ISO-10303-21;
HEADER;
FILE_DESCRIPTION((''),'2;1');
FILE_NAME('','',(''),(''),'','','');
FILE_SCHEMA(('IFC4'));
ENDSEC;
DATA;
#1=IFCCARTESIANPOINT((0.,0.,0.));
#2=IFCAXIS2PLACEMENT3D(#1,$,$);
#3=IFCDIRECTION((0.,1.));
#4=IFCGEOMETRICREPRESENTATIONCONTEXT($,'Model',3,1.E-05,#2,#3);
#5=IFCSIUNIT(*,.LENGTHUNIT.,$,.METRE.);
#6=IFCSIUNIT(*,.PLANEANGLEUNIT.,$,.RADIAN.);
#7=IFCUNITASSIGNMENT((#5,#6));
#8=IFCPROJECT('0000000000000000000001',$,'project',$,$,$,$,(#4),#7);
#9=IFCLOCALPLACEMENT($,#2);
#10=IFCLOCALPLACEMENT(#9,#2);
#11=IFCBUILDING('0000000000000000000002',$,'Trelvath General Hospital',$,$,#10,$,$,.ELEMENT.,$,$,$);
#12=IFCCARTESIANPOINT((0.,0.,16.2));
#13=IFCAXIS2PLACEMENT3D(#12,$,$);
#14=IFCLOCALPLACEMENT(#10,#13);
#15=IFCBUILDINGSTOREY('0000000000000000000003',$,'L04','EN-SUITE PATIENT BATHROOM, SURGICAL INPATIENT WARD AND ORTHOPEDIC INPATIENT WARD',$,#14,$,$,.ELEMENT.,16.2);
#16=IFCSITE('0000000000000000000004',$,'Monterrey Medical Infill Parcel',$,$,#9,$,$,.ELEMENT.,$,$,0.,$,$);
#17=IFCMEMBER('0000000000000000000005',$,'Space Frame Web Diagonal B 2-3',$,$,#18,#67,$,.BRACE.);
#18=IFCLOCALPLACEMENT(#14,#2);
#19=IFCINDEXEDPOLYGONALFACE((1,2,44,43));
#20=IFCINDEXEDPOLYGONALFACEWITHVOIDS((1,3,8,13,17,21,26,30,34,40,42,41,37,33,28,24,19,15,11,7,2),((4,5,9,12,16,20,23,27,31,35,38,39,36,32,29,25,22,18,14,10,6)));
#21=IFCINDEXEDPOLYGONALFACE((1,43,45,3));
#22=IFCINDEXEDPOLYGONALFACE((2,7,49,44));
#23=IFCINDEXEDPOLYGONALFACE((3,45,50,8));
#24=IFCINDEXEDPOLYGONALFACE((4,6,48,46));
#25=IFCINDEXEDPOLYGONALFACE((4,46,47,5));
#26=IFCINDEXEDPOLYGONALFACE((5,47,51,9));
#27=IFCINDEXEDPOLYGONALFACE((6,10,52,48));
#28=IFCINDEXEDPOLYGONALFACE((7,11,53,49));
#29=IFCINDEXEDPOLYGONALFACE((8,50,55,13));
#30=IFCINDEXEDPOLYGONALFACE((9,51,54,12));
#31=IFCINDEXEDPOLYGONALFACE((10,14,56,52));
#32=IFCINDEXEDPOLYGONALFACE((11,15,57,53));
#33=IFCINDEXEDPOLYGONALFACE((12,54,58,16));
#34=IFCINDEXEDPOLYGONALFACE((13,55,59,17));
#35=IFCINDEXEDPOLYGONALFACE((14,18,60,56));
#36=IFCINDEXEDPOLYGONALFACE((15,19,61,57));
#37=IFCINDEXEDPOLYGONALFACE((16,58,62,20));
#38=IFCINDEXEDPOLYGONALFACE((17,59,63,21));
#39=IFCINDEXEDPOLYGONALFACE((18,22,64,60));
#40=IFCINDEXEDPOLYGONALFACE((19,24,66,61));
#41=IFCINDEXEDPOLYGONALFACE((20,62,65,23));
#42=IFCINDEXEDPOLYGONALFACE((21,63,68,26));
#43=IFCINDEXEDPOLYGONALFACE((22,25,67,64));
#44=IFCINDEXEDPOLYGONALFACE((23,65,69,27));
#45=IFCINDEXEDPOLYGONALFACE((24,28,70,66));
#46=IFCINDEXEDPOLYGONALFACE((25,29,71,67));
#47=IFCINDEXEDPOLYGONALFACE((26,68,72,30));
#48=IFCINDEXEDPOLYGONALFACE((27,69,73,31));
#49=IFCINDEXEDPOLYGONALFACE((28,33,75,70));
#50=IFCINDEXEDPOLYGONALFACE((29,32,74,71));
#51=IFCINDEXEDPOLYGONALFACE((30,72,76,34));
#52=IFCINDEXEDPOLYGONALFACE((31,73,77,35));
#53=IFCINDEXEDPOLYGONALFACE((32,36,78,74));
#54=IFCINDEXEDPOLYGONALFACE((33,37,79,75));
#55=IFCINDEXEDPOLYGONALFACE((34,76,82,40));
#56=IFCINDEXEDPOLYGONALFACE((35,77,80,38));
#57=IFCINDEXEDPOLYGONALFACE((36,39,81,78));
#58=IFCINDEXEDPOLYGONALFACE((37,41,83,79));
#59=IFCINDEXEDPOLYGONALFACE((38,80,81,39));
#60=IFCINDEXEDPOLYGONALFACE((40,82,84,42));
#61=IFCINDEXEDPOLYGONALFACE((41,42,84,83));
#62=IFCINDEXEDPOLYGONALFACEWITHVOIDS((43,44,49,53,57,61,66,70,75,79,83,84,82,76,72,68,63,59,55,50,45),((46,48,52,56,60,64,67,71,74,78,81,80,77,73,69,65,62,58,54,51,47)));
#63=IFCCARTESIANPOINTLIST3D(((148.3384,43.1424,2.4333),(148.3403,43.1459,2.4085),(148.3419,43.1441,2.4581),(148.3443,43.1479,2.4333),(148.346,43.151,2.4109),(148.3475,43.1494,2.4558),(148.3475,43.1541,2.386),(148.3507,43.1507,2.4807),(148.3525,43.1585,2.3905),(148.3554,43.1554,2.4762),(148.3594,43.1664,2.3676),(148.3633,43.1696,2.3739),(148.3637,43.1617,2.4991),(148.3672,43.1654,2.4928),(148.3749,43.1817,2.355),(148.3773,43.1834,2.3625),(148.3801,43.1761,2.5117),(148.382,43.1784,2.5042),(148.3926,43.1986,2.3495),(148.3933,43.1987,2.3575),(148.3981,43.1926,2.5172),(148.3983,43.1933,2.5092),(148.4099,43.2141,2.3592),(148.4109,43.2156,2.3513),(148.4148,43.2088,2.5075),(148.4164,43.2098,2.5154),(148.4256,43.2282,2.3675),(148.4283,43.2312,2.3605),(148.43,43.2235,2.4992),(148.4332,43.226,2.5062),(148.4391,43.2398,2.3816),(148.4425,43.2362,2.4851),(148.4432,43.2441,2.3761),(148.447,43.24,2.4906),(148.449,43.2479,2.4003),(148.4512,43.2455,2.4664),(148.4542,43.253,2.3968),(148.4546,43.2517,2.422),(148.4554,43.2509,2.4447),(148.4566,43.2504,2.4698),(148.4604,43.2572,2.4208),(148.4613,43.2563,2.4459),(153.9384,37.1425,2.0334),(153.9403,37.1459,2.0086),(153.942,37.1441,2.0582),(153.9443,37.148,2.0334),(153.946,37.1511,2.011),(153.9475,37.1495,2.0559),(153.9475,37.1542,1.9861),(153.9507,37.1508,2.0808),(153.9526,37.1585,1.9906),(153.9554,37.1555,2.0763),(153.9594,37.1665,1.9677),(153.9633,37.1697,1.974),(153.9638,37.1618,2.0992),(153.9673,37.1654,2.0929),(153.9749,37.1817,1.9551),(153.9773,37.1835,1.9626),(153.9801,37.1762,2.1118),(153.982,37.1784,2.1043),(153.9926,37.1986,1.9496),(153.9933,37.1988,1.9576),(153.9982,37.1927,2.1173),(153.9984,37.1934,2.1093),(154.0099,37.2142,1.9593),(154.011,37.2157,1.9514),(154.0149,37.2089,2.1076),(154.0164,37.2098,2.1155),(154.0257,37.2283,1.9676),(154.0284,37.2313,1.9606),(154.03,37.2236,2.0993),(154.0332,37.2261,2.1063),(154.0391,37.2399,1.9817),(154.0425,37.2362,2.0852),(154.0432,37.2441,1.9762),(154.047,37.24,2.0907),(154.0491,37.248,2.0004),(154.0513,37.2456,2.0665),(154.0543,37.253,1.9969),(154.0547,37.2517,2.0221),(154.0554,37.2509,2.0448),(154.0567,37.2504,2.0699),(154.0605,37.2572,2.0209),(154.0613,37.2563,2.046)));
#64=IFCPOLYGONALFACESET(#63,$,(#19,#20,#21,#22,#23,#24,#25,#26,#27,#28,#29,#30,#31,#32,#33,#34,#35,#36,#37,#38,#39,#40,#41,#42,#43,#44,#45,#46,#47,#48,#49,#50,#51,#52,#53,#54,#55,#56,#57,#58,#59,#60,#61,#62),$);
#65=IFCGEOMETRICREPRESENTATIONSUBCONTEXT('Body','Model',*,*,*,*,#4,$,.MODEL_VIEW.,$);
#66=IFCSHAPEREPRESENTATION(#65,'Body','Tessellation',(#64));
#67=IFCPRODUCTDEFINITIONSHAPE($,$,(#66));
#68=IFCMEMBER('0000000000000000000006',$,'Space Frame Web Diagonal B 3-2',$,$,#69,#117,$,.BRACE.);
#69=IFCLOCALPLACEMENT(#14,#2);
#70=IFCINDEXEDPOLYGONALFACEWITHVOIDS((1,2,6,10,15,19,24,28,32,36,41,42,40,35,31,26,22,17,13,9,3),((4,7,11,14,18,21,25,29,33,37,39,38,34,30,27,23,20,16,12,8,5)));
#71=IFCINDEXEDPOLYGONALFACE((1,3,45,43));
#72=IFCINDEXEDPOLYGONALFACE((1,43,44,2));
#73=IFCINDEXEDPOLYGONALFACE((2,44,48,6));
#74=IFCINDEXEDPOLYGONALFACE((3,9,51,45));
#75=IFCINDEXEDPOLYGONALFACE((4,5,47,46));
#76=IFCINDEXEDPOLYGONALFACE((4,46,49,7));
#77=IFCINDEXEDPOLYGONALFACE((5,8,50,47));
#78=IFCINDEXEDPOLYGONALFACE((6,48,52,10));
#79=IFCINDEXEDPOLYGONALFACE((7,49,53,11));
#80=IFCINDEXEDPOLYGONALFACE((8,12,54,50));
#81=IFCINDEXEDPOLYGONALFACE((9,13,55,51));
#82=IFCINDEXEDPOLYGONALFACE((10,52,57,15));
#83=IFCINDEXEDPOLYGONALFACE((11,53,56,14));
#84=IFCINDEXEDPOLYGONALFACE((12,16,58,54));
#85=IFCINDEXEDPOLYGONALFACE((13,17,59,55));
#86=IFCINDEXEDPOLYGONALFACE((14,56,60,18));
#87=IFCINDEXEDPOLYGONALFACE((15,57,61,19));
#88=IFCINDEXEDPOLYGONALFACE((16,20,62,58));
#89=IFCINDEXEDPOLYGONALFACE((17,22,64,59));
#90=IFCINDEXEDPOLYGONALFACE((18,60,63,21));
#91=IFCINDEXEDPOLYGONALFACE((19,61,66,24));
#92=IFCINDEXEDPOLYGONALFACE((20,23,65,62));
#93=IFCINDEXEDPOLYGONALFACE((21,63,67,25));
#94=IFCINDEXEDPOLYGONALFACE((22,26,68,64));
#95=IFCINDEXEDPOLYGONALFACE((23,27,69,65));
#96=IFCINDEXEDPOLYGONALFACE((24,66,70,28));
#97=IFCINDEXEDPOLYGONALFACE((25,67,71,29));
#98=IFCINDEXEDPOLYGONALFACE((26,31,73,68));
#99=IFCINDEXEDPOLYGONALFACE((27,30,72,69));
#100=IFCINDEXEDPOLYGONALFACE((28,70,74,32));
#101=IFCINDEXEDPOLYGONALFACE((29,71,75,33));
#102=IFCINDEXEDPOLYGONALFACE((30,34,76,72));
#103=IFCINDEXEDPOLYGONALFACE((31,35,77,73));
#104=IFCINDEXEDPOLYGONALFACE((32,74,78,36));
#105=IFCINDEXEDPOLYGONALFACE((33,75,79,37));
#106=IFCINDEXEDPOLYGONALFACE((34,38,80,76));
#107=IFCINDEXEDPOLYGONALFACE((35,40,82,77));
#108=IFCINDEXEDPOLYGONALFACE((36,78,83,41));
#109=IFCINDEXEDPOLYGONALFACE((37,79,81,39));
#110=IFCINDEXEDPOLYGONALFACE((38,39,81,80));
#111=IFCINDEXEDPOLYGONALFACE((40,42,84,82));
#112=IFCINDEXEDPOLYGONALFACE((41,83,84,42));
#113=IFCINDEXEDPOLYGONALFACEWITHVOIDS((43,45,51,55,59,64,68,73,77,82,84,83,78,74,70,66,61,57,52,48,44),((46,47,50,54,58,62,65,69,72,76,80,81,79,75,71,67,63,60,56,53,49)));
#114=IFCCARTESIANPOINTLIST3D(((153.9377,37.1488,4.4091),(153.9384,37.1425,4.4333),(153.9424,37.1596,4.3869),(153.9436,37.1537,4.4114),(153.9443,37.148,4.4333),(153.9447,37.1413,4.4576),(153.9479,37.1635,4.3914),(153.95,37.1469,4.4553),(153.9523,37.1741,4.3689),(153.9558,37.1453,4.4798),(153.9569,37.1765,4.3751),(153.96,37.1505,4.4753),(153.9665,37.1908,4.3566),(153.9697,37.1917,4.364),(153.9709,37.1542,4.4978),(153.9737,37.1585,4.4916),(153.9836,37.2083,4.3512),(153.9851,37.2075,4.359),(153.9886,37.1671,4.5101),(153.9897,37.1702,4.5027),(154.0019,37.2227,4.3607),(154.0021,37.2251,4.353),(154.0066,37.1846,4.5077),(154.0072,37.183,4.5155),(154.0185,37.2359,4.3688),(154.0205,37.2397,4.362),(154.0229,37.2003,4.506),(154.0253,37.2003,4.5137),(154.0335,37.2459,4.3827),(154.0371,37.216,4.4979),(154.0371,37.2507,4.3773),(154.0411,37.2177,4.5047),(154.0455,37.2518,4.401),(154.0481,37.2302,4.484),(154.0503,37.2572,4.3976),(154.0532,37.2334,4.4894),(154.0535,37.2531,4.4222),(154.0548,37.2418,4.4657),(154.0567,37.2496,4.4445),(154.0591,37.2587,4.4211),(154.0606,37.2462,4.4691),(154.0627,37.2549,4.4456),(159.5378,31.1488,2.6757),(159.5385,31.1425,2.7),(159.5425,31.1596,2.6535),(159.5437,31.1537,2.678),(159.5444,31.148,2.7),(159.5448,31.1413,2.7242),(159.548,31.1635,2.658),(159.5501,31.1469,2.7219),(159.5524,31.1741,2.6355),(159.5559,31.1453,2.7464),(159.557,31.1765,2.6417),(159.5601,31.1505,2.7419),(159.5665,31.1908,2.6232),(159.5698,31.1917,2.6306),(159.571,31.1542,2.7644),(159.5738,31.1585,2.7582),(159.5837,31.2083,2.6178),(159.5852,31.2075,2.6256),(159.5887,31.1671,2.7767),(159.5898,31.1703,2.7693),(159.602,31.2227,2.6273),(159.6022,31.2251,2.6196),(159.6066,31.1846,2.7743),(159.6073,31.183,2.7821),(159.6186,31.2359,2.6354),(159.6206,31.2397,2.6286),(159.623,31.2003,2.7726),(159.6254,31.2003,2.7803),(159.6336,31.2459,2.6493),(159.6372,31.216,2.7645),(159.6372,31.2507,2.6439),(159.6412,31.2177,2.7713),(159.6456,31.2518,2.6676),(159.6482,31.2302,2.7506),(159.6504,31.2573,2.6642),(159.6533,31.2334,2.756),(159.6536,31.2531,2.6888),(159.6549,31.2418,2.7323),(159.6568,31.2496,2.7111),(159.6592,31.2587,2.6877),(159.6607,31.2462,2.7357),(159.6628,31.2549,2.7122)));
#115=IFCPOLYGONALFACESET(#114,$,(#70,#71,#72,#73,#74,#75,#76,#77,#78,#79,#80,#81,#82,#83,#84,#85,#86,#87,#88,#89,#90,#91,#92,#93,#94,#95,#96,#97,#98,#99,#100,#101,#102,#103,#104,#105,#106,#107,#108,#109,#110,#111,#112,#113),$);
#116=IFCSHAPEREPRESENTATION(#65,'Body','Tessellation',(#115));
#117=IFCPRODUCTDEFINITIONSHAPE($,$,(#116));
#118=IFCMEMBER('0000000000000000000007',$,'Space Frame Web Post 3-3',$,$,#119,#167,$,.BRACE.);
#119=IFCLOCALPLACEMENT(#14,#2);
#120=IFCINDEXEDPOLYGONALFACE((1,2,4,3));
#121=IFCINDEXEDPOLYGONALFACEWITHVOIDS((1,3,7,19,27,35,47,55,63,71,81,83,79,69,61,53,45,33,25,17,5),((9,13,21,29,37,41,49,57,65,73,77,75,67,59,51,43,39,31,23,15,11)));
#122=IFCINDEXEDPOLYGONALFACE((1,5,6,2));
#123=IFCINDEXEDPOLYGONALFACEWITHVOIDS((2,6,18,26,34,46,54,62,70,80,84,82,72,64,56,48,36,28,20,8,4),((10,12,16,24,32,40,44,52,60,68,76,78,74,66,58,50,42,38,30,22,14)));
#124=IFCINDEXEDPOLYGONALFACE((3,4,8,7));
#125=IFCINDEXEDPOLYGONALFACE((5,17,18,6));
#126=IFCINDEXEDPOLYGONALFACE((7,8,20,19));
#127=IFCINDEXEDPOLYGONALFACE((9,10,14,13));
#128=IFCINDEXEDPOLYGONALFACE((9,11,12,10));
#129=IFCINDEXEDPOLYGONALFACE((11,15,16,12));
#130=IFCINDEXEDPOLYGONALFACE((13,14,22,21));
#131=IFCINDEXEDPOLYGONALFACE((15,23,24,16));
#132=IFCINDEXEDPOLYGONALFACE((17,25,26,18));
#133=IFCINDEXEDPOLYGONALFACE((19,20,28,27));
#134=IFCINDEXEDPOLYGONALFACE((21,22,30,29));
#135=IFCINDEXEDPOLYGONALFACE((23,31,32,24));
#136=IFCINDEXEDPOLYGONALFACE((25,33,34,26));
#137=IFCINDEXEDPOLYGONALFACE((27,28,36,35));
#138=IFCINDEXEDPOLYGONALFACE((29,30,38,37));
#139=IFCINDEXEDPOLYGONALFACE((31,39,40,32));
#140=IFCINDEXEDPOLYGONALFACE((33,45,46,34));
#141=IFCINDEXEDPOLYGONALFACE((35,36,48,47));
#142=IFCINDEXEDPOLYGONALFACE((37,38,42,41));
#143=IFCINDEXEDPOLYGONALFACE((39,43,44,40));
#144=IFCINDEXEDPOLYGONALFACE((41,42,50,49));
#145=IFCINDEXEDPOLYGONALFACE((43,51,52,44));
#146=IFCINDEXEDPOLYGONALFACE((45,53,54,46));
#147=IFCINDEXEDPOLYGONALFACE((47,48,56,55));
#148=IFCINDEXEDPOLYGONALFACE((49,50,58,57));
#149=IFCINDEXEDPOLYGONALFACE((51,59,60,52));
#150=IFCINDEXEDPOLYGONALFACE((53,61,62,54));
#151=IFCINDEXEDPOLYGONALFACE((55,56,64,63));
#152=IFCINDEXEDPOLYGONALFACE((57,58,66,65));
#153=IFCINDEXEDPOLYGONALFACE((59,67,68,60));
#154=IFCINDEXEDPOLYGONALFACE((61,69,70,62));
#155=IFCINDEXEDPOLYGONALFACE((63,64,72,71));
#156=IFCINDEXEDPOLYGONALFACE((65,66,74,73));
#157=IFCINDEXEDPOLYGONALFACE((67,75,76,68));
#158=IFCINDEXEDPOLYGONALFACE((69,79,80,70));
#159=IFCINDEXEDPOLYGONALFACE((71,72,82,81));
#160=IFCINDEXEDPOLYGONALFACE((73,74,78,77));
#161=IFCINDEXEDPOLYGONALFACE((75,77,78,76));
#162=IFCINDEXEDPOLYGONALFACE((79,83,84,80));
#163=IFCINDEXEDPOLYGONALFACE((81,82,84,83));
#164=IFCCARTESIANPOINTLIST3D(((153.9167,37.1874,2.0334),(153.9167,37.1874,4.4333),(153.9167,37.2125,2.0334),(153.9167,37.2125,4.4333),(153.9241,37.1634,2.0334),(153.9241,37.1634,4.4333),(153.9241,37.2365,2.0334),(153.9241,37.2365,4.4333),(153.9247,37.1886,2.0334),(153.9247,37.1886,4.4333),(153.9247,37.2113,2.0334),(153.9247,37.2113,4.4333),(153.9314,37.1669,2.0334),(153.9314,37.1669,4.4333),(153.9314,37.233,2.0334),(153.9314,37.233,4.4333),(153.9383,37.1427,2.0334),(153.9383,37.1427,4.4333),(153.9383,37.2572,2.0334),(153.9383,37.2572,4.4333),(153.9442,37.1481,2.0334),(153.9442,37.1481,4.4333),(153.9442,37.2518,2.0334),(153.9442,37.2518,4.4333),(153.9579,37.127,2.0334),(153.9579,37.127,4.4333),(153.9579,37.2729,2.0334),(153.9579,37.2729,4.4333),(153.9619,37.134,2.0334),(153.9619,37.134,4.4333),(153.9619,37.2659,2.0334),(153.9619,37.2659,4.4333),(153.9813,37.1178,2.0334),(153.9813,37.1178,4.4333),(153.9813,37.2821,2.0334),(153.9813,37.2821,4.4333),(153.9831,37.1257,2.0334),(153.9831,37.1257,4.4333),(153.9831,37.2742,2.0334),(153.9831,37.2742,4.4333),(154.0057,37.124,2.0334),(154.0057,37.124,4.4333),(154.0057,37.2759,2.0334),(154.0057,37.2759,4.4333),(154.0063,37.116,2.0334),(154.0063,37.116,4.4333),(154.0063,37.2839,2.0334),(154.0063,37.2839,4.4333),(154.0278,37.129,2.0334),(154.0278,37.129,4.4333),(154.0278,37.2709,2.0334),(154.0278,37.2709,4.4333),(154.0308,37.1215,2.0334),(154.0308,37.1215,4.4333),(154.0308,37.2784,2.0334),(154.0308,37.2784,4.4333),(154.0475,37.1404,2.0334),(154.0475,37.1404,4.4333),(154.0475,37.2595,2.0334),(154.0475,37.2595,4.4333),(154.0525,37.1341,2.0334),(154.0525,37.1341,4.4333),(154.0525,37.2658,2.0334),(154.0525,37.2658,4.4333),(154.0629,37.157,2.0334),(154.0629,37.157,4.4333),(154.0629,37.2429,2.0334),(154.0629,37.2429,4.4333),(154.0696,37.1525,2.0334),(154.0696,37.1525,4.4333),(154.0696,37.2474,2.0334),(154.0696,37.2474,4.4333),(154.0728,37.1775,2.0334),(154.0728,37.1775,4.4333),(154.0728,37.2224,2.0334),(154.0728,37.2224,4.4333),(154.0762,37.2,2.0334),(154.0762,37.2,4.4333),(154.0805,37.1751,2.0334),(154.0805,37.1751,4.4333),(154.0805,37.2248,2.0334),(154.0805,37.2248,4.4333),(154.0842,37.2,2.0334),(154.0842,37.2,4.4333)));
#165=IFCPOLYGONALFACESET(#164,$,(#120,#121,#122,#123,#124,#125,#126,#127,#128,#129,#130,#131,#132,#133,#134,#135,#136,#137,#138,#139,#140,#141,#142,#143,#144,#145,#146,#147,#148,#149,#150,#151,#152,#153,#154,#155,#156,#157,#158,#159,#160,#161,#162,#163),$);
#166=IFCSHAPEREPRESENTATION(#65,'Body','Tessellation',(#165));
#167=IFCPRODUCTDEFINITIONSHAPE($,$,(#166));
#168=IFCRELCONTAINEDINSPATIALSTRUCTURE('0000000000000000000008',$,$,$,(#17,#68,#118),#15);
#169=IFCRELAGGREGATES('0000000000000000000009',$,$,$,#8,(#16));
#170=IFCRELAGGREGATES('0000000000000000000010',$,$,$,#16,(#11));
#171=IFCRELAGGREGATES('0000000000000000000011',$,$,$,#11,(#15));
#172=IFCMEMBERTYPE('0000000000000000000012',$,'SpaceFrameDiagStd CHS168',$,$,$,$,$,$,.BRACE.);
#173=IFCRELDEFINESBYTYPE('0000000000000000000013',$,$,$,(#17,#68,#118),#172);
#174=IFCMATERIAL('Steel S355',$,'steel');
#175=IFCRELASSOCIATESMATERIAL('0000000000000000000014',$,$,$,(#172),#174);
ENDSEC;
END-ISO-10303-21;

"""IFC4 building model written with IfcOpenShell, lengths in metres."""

from ifc_helpers import new_model, si_unit, direction, frame, origin, origin_2d, place, context, subcontext, project, spatial, hollow_circle, extrude, material, material_profile, profile_set, type_object, element, save


model = new_model("IFC4")

# Units and contexts
model_context = context("Model", 3, precision=1e-05, world=origin(), true_north=direction((0.0, 1.0)))
body_context = subcontext(model_context, "Body", "Model", "MODEL_VIEW")
ifc_project = project(units=[si_unit("LENGTHUNIT", "METRE"), si_unit("PLANEANGLEUNIT", "RADIAN")], contexts=[model_context])

# Site, building, storey
site_placement = place(None, origin())
site = spatial("IfcSite", under=ifc_project, at=site_placement, Name="Monterrey Medical Infill Parcel", CompositionType="ELEMENT", RefElevation=0.0)
building_placement = place(site_placement, origin())
building = spatial("IfcBuilding", under=site, at=building_placement, Name="Trelvath General Hospital", CompositionType="ELEMENT")
storey_placement = place(building_placement, frame((0.0, 0.0, 16.2)))
storey = spatial("IfcBuildingStorey", under=building, at=storey_placement, Name="L04", Description="EN-SUITE PATIENT BATHROOM, SURGICAL INPATIENT WARD AND ORTHOPEDIC INPATIENT WARD", CompositionType="ELEMENT", Elevation=16.2)

# Members
ifc_material_1 = material(Name="Steel S355", Category="steel")
ifc_material_profile_1 = material_profile(ifc_material_1, hollow_circle(Radius=0.0842, WallThickness=0.0081, at=origin_2d()), Name="CHS168.3x8.0")
ifc_profile_set_1 = profile_set([ifc_material_profile_1], Name="Steel S355")
member_type_1 = type_object("IfcMemberType", Name="SpaceFrameDiagStd CHS168", PredefinedType="BRACE", material=ifc_profile_set_1)
member_1_placement = place(storey_placement, frame((154.0, 37.2, 2.0334), z_axis=(-0.681516, 0.730183, 0.048667), x_axis=(-0.731049, -0.682325, 0.0)))
element("IfcMember", 1, at=member_1_placement, inside=storey, type_object=member_type_1, Name="Space Frame Web Diagonal B 2-3", PredefinedType="BRACE", context=body_context, shape_type="SweptSolid", body=[
    extrude(hollow_circle(Radius=0.0842, WallThickness=0.0081, at=origin_2d()), origin(), (0.0, 0.0, 1.0), 8.217),
])
member_2_placement = place(storey_placement, frame((159.6001, 31.2, 2.7), z_axis=(-0.667598, 0.715271, 0.206642), x_axis=(-0.731049, -0.682325, 0.0)))
element("IfcMember", 2, at=member_2_placement, inside=storey, type_object=member_type_1, Name="Space Frame Web Diagonal B 3-2", PredefinedType="BRACE", context=body_context, shape_type="SweptSolid", body=[
    extrude(hollow_circle(Radius=0.0842, WallThickness=0.0081, at=origin_2d()), origin(), (0.0, 0.0, 1.0), 8.3884),
])
member_3_placement = place(storey_placement, frame((154.0, 37.2, 2.0334), z_axis=(0.0, 0.0, 1.0), x_axis=(1.0, 0.0, 0.0)))
element("IfcMember", 3, at=member_3_placement, inside=storey, type_object=member_type_1, Name="Space Frame Web Post 3-3", PredefinedType="BRACE", context=body_context, shape_type="SweptSolid", body=[
    extrude(hollow_circle(Radius=0.0842, WallThickness=0.0081, at=origin_2d()), origin(), (0.0, 0.0, 1.0), 2.3999),
])

save(model, "model.ifc")
